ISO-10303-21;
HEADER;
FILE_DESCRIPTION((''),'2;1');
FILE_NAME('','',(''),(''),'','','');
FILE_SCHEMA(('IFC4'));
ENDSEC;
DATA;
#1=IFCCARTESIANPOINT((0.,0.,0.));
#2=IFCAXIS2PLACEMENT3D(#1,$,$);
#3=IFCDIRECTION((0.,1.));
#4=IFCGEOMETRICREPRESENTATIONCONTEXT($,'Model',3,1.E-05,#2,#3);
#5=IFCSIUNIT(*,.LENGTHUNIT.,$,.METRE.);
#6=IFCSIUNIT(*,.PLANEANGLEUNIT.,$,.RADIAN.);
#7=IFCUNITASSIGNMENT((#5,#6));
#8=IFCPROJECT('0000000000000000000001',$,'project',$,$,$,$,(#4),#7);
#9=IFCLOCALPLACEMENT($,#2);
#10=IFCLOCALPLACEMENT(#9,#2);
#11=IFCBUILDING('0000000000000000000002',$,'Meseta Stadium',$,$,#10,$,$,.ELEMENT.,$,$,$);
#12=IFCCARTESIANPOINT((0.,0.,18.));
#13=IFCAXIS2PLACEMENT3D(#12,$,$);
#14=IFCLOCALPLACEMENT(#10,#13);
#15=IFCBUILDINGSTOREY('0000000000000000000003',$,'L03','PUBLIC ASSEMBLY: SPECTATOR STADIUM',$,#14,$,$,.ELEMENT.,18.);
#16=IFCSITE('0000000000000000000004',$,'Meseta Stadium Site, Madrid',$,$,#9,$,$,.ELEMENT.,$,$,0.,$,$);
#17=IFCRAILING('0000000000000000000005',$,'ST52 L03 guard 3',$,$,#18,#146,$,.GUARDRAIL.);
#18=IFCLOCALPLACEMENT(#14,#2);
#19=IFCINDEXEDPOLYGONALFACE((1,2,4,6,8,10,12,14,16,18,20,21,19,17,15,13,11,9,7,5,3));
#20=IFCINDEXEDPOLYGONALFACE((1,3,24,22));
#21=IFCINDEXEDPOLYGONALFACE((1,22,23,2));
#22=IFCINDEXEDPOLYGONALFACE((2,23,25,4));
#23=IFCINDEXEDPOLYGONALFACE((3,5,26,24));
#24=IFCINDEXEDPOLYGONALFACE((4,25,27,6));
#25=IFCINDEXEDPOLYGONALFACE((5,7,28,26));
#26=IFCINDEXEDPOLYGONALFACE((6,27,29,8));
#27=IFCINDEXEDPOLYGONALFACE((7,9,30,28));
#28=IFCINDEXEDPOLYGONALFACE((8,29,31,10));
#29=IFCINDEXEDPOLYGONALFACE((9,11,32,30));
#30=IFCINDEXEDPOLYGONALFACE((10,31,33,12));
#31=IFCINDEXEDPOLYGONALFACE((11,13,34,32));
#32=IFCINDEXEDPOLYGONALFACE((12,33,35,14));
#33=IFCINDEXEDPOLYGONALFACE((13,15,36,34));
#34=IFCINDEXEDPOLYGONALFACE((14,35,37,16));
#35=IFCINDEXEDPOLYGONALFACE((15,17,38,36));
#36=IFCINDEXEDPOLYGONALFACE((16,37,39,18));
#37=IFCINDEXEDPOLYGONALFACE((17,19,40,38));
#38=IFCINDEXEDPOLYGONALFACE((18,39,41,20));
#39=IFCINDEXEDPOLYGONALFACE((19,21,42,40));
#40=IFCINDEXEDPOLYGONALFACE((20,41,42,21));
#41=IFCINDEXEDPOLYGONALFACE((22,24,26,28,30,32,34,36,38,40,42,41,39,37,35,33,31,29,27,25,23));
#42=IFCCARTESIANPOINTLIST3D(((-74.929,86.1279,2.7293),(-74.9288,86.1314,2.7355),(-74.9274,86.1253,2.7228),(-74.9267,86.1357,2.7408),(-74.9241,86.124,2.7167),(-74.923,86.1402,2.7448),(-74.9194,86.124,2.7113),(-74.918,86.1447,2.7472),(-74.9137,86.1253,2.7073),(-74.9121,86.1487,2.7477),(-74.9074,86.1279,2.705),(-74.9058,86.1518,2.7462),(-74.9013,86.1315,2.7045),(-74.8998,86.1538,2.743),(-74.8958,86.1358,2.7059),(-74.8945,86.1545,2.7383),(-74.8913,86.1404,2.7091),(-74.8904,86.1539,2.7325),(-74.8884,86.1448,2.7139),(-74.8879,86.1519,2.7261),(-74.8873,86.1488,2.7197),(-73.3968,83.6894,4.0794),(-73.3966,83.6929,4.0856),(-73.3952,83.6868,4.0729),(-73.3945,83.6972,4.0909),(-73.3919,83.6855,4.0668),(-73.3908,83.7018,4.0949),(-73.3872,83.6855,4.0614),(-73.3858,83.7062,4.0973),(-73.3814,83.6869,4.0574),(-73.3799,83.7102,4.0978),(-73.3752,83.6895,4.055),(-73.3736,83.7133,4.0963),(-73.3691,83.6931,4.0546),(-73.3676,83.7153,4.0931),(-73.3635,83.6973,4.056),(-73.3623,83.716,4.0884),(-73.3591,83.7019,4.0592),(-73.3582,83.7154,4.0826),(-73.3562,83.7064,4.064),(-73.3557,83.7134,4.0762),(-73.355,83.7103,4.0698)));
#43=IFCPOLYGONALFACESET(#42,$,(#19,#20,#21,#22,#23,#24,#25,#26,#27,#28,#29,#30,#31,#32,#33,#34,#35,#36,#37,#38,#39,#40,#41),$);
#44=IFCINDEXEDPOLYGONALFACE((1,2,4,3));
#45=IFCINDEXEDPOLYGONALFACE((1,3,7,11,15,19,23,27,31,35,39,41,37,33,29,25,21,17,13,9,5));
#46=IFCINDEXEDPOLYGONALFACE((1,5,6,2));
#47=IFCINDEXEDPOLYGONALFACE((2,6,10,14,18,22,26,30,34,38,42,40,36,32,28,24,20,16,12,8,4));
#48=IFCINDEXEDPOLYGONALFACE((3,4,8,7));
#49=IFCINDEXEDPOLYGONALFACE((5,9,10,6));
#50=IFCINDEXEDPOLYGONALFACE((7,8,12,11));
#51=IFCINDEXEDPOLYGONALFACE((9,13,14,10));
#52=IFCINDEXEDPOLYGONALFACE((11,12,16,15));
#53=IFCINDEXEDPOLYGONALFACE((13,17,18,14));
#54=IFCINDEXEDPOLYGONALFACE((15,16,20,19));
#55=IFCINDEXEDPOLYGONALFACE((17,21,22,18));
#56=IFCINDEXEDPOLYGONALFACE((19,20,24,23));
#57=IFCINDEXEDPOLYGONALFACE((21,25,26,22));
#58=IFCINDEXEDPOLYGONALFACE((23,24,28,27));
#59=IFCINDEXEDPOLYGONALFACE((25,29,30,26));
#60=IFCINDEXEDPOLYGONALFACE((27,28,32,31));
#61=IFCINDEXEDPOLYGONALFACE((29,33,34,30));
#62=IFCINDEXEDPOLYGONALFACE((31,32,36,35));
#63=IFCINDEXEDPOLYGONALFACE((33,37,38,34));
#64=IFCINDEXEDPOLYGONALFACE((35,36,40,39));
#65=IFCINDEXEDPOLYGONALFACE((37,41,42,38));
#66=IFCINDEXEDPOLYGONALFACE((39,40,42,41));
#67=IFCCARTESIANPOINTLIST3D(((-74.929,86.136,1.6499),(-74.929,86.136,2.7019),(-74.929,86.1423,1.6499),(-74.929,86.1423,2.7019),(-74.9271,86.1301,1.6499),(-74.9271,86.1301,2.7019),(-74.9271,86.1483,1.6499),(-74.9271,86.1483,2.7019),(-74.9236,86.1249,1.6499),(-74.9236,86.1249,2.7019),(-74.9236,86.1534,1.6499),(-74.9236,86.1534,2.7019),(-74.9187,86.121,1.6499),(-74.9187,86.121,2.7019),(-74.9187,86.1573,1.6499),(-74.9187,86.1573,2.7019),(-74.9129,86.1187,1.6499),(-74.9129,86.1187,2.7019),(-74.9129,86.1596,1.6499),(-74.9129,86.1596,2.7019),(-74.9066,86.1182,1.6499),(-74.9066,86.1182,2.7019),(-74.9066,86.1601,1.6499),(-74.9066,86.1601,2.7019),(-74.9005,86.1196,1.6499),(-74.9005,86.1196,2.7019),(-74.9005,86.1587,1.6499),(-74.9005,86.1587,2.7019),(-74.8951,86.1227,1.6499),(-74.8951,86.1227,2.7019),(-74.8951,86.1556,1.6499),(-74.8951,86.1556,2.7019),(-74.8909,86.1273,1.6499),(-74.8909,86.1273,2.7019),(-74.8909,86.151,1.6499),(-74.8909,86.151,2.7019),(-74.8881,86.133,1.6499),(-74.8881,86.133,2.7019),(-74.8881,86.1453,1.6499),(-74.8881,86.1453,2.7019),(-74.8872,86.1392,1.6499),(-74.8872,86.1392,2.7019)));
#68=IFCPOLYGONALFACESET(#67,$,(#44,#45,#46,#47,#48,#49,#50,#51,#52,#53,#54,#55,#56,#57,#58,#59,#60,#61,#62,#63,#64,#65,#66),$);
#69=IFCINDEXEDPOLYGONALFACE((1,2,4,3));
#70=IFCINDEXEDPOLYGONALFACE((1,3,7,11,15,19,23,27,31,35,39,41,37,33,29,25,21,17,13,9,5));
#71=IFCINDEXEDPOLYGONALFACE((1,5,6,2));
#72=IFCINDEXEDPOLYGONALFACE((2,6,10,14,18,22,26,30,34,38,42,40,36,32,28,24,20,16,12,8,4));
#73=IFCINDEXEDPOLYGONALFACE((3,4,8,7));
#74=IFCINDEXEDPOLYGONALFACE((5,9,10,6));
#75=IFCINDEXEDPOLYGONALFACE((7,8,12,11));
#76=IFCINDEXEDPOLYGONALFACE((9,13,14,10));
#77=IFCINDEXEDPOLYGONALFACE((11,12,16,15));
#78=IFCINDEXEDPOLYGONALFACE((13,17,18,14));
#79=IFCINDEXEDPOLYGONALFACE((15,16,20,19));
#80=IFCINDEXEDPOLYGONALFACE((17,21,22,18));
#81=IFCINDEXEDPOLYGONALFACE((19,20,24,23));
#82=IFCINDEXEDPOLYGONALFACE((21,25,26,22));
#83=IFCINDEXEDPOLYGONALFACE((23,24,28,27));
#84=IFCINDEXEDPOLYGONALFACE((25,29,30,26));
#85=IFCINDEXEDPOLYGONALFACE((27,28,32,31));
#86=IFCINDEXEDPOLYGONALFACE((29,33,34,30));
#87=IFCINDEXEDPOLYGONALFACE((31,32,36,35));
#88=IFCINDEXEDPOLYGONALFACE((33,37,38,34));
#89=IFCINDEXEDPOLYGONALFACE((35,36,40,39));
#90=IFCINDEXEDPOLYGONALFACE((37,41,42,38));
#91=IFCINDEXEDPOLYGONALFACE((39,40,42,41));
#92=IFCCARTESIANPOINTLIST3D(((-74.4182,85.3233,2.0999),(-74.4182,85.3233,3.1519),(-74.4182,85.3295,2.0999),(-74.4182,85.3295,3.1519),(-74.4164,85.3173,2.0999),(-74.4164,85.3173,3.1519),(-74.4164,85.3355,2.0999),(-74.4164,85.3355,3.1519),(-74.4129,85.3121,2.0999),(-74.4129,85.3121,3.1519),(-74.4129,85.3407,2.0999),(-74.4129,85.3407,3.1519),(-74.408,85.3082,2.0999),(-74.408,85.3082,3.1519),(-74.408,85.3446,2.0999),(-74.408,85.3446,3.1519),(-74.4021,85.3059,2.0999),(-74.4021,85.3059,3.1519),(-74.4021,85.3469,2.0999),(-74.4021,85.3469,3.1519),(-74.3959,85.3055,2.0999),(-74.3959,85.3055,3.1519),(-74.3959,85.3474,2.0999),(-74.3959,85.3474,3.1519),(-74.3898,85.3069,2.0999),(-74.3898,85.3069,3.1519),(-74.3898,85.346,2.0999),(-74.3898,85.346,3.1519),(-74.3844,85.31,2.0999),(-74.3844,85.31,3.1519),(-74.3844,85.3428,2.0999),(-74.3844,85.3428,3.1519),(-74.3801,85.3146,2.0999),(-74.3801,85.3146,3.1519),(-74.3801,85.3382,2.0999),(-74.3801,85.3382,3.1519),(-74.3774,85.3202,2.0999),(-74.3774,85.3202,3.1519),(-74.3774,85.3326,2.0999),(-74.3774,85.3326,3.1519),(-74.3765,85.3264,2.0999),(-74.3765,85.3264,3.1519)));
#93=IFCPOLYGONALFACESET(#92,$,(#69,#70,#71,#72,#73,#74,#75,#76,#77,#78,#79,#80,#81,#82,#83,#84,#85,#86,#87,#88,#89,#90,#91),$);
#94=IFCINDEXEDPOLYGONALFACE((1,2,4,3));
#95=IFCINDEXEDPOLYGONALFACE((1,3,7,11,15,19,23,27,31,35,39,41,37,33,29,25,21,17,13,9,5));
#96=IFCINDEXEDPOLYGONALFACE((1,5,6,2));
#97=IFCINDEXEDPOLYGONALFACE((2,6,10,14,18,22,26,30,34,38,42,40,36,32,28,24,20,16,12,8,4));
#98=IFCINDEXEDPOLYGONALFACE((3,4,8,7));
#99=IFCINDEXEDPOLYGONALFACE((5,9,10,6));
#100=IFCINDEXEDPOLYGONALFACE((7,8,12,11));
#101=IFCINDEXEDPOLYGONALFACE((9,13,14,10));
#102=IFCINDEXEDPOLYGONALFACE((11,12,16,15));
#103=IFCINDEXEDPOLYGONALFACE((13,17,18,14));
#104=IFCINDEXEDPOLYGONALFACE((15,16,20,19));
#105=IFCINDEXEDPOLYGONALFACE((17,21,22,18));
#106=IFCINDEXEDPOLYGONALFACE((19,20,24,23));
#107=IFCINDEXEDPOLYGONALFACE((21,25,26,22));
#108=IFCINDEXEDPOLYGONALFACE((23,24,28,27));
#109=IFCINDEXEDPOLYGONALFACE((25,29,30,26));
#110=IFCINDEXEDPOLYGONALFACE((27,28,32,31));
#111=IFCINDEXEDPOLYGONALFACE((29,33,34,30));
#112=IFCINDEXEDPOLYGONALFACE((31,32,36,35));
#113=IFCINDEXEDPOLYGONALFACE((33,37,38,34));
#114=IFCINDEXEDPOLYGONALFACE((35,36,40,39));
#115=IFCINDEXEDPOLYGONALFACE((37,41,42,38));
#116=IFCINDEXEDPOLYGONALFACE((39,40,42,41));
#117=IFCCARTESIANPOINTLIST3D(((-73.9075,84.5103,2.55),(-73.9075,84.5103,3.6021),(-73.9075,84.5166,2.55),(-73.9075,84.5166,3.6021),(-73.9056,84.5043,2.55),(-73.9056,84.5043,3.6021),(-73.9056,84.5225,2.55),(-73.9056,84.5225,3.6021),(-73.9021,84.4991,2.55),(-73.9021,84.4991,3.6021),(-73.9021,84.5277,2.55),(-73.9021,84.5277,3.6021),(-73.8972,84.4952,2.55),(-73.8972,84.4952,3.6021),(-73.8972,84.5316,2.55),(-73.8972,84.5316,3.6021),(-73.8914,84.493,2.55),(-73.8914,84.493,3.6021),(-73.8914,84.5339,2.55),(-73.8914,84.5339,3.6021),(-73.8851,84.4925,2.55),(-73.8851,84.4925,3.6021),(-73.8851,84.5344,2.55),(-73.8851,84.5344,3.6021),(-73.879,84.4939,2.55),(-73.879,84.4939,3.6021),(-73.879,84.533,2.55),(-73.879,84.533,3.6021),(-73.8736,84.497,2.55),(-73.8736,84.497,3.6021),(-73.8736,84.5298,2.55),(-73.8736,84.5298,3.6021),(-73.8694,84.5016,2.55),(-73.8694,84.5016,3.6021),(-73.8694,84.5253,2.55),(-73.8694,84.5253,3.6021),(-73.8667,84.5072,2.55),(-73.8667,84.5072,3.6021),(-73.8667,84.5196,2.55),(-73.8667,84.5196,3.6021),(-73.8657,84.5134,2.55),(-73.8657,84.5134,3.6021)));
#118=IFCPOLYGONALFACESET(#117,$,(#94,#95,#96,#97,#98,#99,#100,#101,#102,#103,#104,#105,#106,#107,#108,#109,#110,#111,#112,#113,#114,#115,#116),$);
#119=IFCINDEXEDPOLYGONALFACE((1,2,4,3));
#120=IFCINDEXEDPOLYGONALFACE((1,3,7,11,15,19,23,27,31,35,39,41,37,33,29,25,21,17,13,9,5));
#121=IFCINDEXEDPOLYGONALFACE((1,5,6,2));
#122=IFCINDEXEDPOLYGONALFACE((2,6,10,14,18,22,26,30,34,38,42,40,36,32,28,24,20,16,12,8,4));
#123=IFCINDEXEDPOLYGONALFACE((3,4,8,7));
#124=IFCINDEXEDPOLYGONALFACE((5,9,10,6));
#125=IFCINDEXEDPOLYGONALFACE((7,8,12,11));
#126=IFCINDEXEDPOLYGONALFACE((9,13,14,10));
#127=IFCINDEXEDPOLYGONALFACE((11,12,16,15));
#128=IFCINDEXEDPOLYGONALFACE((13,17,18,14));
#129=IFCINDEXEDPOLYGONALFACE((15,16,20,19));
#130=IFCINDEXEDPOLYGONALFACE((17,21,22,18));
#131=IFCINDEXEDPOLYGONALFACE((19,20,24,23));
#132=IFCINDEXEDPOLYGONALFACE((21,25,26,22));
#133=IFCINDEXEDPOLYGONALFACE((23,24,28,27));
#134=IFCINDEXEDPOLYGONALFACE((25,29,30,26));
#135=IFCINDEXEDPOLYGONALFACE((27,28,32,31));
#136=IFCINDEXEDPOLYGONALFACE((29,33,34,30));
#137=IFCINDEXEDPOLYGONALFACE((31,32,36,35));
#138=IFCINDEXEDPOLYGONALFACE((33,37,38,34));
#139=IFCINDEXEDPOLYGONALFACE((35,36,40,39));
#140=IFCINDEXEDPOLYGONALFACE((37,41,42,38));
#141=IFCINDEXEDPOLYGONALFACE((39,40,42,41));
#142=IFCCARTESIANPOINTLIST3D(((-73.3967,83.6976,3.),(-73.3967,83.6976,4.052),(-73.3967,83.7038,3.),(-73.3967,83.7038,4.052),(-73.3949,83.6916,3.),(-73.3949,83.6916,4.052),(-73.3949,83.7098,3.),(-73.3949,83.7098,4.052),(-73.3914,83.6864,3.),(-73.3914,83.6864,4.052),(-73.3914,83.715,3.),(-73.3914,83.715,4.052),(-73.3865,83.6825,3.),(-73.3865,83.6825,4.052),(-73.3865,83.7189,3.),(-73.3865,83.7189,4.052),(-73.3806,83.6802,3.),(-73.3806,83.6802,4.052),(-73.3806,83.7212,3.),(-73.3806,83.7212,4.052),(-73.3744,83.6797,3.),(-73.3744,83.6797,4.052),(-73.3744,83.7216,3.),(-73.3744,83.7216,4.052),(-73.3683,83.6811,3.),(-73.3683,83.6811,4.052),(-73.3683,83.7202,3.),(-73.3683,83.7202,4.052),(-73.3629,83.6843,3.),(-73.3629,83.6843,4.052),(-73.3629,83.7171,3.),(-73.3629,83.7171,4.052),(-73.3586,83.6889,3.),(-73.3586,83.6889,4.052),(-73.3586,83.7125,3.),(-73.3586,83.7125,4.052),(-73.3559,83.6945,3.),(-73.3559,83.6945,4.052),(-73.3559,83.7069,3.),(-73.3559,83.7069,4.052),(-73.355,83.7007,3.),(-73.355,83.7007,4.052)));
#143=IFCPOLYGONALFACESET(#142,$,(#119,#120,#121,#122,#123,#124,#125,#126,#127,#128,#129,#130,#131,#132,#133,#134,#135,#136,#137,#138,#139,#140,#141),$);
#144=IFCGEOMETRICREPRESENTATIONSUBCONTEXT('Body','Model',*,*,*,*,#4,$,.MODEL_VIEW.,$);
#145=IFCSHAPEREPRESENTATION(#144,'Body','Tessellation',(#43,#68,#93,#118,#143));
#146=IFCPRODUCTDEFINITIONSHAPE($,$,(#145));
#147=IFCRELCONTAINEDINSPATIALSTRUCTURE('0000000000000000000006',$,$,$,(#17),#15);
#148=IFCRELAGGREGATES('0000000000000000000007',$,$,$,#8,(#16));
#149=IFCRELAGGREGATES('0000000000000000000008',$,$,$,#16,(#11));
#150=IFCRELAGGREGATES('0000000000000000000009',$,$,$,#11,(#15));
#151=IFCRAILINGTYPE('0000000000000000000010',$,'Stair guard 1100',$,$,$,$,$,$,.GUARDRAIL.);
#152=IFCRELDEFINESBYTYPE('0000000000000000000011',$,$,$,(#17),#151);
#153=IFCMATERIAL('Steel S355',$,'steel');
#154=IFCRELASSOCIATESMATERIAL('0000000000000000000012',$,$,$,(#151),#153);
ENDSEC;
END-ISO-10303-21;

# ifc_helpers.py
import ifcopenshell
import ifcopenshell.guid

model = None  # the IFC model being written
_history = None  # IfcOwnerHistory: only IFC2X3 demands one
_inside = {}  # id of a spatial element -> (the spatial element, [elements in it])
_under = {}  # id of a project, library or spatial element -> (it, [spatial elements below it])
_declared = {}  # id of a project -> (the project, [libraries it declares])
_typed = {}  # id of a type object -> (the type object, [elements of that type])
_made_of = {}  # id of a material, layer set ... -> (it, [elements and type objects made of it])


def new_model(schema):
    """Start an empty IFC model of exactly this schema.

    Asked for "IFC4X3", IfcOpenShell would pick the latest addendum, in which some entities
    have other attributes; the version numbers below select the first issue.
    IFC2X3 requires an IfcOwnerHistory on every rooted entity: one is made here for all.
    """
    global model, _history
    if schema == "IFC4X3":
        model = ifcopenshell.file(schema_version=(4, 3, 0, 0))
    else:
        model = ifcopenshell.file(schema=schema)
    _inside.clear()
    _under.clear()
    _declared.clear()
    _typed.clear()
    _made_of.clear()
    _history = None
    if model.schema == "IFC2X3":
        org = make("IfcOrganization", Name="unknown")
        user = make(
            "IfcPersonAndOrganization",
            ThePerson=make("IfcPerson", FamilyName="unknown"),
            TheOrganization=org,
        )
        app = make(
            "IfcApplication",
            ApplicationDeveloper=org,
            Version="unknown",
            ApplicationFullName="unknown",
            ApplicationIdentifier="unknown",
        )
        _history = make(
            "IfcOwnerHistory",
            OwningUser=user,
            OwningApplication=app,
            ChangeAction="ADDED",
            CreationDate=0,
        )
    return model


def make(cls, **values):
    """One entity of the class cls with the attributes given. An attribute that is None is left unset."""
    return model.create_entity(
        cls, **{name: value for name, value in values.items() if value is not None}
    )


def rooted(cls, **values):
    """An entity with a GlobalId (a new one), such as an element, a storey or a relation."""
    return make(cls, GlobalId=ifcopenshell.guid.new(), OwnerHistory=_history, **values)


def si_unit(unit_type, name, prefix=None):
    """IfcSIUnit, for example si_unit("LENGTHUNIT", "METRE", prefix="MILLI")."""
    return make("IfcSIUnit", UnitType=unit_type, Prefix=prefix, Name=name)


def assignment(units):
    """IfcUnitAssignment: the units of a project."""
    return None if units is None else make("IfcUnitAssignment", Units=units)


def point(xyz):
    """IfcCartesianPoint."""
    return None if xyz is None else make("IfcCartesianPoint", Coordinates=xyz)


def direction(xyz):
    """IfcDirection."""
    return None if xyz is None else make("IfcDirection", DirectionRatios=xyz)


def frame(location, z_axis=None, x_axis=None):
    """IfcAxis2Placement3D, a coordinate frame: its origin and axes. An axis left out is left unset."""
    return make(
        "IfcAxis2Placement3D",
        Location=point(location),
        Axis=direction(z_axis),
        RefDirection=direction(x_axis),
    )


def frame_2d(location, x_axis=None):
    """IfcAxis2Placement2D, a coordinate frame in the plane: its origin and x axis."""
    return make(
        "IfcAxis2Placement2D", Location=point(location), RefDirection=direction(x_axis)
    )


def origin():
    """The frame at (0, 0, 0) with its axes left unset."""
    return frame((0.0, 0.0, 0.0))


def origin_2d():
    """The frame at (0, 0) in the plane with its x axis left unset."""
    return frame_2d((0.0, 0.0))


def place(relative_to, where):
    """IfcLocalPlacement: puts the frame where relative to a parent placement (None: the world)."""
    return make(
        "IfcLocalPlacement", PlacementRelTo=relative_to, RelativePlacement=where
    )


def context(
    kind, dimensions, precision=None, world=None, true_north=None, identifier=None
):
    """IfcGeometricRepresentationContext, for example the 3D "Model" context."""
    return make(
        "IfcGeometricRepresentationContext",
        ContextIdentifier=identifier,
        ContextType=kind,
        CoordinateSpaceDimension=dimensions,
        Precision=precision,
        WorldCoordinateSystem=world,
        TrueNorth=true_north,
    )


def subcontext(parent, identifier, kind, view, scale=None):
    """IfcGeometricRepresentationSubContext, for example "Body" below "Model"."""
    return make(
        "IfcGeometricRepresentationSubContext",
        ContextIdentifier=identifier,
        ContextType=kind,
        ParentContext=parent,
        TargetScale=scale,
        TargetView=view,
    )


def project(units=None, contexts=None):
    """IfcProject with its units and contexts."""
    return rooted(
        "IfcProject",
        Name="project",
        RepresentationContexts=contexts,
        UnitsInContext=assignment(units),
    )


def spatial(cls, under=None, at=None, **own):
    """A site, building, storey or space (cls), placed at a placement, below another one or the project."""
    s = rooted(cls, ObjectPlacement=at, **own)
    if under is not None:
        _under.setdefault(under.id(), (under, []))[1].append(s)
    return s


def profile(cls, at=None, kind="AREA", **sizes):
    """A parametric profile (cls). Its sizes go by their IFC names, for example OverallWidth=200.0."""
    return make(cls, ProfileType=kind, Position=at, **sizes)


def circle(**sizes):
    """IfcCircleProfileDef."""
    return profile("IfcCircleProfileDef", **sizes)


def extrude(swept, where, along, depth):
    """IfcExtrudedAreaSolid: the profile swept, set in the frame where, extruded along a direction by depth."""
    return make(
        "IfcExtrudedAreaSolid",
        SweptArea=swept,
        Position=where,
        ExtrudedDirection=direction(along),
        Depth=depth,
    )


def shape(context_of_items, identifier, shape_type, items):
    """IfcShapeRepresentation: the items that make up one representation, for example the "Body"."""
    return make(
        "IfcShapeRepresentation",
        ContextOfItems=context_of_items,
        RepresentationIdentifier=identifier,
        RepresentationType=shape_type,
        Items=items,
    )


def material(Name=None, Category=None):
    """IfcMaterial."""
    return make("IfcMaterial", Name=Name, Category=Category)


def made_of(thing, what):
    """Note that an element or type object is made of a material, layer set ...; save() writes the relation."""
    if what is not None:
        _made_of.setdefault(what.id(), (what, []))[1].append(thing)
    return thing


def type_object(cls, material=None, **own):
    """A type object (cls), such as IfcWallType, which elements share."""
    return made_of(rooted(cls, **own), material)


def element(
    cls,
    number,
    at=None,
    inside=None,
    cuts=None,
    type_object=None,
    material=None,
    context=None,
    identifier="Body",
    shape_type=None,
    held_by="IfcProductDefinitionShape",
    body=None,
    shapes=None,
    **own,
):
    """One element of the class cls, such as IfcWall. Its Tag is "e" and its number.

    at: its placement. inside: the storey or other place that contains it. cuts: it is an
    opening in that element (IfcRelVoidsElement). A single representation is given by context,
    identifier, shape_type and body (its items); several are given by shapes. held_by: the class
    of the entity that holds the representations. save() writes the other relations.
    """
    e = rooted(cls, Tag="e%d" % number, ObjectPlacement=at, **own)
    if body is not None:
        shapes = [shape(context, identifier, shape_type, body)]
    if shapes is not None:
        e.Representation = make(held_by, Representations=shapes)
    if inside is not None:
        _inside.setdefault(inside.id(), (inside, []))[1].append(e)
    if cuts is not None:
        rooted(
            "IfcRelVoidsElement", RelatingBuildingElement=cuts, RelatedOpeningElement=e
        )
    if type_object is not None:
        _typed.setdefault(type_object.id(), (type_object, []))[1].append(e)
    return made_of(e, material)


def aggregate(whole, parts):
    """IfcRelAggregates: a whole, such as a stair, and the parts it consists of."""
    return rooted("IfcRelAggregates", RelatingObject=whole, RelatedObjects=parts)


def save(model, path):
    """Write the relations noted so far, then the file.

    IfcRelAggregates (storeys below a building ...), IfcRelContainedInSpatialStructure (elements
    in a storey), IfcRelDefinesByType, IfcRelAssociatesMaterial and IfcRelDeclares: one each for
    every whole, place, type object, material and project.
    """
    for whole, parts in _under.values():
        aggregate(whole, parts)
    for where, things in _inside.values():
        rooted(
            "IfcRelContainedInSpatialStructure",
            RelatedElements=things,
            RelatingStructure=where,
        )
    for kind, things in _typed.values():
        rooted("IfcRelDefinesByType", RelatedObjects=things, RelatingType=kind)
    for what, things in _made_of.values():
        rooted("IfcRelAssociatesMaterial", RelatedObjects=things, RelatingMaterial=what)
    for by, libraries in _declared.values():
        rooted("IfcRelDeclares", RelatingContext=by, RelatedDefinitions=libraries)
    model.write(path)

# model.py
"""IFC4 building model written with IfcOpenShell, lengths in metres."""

from ifc_helpers import new_model, si_unit, direction, frame, origin, origin_2d, place, context, subcontext, project, spatial, circle, extrude, material, type_object, element, save


model = new_model("IFC4")

# Units and contexts
model_context = context("Model", 3, precision=1e-05, world=origin(), true_north=direction((0.0, 1.0)))
body_context = subcontext(model_context, "Body", "Model", "MODEL_VIEW")
ifc_project = project(units=[si_unit("LENGTHUNIT", "METRE"), si_unit("PLANEANGLEUNIT", "RADIAN")], contexts=[model_context])

# Site, building, storey
site_placement = place(None, origin())
site = spatial("IfcSite", under=ifc_project, at=site_placement, Name="Meseta Stadium Site, Madrid", CompositionType="ELEMENT", RefElevation=0.0)
building_placement = place(site_placement, origin())
building = spatial("IfcBuilding", under=site, at=building_placement, Name="Meseta Stadium", CompositionType="ELEMENT")
storey_placement = place(building_placement, frame((0.0, 0.0, 18.0)))
storey = spatial("IfcBuildingStorey", under=building, at=storey_placement, Name="L03", Description="PUBLIC ASSEMBLY: SPECTATOR STADIUM", CompositionType="ELEMENT", Elevation=18.0)

# Railing
ifc_material_1 = material(Name="Steel S355", Category="steel")
railing_type_1 = type_object("IfcRailingType", Name="Stair guard 1100", PredefinedType="GUARDRAIL", material=ifc_material_1)
railing_1_placement = place(storey_placement, frame((-74.9082, 86.1392, 1.6499)))
element("IfcRailing", 1, at=railing_1_placement, inside=storey, type_object=railing_type_1, Name="ST52 L03 guard 3", PredefinedType="GUARDRAIL", context=body_context, shape_type="SweptSolid", body=[
    extrude(circle(Radius=0.0239, at=origin_2d()), frame((0.0, 0.0, 1.0762), z_axis=(0.481731, -0.766655, 0.42447), x_axis=(0.846719, 0.53204, 0.0)), (0.0, 0.0, 1.0), 3.1807),
    extrude(circle(Radius=0.021, at=origin_2d()), origin(), (0.0, 0.0, 1.0), 1.052),
    extrude(circle(Radius=0.021, at=origin_2d()), frame((0.5107, -0.8127, 0.45)), (0.0, 0.0, 1.0), 1.052),
    extrude(circle(Radius=0.021, at=origin_2d()), frame((1.0215, -1.6257, 0.9001)), (0.0, 0.0, 1.0), 1.052),
    extrude(circle(Radius=0.021, at=origin_2d()), frame((1.5322, -2.4385, 1.3501)), (0.0, 0.0, 1.0), 1.052),
])

save(model, "model.ifc")
